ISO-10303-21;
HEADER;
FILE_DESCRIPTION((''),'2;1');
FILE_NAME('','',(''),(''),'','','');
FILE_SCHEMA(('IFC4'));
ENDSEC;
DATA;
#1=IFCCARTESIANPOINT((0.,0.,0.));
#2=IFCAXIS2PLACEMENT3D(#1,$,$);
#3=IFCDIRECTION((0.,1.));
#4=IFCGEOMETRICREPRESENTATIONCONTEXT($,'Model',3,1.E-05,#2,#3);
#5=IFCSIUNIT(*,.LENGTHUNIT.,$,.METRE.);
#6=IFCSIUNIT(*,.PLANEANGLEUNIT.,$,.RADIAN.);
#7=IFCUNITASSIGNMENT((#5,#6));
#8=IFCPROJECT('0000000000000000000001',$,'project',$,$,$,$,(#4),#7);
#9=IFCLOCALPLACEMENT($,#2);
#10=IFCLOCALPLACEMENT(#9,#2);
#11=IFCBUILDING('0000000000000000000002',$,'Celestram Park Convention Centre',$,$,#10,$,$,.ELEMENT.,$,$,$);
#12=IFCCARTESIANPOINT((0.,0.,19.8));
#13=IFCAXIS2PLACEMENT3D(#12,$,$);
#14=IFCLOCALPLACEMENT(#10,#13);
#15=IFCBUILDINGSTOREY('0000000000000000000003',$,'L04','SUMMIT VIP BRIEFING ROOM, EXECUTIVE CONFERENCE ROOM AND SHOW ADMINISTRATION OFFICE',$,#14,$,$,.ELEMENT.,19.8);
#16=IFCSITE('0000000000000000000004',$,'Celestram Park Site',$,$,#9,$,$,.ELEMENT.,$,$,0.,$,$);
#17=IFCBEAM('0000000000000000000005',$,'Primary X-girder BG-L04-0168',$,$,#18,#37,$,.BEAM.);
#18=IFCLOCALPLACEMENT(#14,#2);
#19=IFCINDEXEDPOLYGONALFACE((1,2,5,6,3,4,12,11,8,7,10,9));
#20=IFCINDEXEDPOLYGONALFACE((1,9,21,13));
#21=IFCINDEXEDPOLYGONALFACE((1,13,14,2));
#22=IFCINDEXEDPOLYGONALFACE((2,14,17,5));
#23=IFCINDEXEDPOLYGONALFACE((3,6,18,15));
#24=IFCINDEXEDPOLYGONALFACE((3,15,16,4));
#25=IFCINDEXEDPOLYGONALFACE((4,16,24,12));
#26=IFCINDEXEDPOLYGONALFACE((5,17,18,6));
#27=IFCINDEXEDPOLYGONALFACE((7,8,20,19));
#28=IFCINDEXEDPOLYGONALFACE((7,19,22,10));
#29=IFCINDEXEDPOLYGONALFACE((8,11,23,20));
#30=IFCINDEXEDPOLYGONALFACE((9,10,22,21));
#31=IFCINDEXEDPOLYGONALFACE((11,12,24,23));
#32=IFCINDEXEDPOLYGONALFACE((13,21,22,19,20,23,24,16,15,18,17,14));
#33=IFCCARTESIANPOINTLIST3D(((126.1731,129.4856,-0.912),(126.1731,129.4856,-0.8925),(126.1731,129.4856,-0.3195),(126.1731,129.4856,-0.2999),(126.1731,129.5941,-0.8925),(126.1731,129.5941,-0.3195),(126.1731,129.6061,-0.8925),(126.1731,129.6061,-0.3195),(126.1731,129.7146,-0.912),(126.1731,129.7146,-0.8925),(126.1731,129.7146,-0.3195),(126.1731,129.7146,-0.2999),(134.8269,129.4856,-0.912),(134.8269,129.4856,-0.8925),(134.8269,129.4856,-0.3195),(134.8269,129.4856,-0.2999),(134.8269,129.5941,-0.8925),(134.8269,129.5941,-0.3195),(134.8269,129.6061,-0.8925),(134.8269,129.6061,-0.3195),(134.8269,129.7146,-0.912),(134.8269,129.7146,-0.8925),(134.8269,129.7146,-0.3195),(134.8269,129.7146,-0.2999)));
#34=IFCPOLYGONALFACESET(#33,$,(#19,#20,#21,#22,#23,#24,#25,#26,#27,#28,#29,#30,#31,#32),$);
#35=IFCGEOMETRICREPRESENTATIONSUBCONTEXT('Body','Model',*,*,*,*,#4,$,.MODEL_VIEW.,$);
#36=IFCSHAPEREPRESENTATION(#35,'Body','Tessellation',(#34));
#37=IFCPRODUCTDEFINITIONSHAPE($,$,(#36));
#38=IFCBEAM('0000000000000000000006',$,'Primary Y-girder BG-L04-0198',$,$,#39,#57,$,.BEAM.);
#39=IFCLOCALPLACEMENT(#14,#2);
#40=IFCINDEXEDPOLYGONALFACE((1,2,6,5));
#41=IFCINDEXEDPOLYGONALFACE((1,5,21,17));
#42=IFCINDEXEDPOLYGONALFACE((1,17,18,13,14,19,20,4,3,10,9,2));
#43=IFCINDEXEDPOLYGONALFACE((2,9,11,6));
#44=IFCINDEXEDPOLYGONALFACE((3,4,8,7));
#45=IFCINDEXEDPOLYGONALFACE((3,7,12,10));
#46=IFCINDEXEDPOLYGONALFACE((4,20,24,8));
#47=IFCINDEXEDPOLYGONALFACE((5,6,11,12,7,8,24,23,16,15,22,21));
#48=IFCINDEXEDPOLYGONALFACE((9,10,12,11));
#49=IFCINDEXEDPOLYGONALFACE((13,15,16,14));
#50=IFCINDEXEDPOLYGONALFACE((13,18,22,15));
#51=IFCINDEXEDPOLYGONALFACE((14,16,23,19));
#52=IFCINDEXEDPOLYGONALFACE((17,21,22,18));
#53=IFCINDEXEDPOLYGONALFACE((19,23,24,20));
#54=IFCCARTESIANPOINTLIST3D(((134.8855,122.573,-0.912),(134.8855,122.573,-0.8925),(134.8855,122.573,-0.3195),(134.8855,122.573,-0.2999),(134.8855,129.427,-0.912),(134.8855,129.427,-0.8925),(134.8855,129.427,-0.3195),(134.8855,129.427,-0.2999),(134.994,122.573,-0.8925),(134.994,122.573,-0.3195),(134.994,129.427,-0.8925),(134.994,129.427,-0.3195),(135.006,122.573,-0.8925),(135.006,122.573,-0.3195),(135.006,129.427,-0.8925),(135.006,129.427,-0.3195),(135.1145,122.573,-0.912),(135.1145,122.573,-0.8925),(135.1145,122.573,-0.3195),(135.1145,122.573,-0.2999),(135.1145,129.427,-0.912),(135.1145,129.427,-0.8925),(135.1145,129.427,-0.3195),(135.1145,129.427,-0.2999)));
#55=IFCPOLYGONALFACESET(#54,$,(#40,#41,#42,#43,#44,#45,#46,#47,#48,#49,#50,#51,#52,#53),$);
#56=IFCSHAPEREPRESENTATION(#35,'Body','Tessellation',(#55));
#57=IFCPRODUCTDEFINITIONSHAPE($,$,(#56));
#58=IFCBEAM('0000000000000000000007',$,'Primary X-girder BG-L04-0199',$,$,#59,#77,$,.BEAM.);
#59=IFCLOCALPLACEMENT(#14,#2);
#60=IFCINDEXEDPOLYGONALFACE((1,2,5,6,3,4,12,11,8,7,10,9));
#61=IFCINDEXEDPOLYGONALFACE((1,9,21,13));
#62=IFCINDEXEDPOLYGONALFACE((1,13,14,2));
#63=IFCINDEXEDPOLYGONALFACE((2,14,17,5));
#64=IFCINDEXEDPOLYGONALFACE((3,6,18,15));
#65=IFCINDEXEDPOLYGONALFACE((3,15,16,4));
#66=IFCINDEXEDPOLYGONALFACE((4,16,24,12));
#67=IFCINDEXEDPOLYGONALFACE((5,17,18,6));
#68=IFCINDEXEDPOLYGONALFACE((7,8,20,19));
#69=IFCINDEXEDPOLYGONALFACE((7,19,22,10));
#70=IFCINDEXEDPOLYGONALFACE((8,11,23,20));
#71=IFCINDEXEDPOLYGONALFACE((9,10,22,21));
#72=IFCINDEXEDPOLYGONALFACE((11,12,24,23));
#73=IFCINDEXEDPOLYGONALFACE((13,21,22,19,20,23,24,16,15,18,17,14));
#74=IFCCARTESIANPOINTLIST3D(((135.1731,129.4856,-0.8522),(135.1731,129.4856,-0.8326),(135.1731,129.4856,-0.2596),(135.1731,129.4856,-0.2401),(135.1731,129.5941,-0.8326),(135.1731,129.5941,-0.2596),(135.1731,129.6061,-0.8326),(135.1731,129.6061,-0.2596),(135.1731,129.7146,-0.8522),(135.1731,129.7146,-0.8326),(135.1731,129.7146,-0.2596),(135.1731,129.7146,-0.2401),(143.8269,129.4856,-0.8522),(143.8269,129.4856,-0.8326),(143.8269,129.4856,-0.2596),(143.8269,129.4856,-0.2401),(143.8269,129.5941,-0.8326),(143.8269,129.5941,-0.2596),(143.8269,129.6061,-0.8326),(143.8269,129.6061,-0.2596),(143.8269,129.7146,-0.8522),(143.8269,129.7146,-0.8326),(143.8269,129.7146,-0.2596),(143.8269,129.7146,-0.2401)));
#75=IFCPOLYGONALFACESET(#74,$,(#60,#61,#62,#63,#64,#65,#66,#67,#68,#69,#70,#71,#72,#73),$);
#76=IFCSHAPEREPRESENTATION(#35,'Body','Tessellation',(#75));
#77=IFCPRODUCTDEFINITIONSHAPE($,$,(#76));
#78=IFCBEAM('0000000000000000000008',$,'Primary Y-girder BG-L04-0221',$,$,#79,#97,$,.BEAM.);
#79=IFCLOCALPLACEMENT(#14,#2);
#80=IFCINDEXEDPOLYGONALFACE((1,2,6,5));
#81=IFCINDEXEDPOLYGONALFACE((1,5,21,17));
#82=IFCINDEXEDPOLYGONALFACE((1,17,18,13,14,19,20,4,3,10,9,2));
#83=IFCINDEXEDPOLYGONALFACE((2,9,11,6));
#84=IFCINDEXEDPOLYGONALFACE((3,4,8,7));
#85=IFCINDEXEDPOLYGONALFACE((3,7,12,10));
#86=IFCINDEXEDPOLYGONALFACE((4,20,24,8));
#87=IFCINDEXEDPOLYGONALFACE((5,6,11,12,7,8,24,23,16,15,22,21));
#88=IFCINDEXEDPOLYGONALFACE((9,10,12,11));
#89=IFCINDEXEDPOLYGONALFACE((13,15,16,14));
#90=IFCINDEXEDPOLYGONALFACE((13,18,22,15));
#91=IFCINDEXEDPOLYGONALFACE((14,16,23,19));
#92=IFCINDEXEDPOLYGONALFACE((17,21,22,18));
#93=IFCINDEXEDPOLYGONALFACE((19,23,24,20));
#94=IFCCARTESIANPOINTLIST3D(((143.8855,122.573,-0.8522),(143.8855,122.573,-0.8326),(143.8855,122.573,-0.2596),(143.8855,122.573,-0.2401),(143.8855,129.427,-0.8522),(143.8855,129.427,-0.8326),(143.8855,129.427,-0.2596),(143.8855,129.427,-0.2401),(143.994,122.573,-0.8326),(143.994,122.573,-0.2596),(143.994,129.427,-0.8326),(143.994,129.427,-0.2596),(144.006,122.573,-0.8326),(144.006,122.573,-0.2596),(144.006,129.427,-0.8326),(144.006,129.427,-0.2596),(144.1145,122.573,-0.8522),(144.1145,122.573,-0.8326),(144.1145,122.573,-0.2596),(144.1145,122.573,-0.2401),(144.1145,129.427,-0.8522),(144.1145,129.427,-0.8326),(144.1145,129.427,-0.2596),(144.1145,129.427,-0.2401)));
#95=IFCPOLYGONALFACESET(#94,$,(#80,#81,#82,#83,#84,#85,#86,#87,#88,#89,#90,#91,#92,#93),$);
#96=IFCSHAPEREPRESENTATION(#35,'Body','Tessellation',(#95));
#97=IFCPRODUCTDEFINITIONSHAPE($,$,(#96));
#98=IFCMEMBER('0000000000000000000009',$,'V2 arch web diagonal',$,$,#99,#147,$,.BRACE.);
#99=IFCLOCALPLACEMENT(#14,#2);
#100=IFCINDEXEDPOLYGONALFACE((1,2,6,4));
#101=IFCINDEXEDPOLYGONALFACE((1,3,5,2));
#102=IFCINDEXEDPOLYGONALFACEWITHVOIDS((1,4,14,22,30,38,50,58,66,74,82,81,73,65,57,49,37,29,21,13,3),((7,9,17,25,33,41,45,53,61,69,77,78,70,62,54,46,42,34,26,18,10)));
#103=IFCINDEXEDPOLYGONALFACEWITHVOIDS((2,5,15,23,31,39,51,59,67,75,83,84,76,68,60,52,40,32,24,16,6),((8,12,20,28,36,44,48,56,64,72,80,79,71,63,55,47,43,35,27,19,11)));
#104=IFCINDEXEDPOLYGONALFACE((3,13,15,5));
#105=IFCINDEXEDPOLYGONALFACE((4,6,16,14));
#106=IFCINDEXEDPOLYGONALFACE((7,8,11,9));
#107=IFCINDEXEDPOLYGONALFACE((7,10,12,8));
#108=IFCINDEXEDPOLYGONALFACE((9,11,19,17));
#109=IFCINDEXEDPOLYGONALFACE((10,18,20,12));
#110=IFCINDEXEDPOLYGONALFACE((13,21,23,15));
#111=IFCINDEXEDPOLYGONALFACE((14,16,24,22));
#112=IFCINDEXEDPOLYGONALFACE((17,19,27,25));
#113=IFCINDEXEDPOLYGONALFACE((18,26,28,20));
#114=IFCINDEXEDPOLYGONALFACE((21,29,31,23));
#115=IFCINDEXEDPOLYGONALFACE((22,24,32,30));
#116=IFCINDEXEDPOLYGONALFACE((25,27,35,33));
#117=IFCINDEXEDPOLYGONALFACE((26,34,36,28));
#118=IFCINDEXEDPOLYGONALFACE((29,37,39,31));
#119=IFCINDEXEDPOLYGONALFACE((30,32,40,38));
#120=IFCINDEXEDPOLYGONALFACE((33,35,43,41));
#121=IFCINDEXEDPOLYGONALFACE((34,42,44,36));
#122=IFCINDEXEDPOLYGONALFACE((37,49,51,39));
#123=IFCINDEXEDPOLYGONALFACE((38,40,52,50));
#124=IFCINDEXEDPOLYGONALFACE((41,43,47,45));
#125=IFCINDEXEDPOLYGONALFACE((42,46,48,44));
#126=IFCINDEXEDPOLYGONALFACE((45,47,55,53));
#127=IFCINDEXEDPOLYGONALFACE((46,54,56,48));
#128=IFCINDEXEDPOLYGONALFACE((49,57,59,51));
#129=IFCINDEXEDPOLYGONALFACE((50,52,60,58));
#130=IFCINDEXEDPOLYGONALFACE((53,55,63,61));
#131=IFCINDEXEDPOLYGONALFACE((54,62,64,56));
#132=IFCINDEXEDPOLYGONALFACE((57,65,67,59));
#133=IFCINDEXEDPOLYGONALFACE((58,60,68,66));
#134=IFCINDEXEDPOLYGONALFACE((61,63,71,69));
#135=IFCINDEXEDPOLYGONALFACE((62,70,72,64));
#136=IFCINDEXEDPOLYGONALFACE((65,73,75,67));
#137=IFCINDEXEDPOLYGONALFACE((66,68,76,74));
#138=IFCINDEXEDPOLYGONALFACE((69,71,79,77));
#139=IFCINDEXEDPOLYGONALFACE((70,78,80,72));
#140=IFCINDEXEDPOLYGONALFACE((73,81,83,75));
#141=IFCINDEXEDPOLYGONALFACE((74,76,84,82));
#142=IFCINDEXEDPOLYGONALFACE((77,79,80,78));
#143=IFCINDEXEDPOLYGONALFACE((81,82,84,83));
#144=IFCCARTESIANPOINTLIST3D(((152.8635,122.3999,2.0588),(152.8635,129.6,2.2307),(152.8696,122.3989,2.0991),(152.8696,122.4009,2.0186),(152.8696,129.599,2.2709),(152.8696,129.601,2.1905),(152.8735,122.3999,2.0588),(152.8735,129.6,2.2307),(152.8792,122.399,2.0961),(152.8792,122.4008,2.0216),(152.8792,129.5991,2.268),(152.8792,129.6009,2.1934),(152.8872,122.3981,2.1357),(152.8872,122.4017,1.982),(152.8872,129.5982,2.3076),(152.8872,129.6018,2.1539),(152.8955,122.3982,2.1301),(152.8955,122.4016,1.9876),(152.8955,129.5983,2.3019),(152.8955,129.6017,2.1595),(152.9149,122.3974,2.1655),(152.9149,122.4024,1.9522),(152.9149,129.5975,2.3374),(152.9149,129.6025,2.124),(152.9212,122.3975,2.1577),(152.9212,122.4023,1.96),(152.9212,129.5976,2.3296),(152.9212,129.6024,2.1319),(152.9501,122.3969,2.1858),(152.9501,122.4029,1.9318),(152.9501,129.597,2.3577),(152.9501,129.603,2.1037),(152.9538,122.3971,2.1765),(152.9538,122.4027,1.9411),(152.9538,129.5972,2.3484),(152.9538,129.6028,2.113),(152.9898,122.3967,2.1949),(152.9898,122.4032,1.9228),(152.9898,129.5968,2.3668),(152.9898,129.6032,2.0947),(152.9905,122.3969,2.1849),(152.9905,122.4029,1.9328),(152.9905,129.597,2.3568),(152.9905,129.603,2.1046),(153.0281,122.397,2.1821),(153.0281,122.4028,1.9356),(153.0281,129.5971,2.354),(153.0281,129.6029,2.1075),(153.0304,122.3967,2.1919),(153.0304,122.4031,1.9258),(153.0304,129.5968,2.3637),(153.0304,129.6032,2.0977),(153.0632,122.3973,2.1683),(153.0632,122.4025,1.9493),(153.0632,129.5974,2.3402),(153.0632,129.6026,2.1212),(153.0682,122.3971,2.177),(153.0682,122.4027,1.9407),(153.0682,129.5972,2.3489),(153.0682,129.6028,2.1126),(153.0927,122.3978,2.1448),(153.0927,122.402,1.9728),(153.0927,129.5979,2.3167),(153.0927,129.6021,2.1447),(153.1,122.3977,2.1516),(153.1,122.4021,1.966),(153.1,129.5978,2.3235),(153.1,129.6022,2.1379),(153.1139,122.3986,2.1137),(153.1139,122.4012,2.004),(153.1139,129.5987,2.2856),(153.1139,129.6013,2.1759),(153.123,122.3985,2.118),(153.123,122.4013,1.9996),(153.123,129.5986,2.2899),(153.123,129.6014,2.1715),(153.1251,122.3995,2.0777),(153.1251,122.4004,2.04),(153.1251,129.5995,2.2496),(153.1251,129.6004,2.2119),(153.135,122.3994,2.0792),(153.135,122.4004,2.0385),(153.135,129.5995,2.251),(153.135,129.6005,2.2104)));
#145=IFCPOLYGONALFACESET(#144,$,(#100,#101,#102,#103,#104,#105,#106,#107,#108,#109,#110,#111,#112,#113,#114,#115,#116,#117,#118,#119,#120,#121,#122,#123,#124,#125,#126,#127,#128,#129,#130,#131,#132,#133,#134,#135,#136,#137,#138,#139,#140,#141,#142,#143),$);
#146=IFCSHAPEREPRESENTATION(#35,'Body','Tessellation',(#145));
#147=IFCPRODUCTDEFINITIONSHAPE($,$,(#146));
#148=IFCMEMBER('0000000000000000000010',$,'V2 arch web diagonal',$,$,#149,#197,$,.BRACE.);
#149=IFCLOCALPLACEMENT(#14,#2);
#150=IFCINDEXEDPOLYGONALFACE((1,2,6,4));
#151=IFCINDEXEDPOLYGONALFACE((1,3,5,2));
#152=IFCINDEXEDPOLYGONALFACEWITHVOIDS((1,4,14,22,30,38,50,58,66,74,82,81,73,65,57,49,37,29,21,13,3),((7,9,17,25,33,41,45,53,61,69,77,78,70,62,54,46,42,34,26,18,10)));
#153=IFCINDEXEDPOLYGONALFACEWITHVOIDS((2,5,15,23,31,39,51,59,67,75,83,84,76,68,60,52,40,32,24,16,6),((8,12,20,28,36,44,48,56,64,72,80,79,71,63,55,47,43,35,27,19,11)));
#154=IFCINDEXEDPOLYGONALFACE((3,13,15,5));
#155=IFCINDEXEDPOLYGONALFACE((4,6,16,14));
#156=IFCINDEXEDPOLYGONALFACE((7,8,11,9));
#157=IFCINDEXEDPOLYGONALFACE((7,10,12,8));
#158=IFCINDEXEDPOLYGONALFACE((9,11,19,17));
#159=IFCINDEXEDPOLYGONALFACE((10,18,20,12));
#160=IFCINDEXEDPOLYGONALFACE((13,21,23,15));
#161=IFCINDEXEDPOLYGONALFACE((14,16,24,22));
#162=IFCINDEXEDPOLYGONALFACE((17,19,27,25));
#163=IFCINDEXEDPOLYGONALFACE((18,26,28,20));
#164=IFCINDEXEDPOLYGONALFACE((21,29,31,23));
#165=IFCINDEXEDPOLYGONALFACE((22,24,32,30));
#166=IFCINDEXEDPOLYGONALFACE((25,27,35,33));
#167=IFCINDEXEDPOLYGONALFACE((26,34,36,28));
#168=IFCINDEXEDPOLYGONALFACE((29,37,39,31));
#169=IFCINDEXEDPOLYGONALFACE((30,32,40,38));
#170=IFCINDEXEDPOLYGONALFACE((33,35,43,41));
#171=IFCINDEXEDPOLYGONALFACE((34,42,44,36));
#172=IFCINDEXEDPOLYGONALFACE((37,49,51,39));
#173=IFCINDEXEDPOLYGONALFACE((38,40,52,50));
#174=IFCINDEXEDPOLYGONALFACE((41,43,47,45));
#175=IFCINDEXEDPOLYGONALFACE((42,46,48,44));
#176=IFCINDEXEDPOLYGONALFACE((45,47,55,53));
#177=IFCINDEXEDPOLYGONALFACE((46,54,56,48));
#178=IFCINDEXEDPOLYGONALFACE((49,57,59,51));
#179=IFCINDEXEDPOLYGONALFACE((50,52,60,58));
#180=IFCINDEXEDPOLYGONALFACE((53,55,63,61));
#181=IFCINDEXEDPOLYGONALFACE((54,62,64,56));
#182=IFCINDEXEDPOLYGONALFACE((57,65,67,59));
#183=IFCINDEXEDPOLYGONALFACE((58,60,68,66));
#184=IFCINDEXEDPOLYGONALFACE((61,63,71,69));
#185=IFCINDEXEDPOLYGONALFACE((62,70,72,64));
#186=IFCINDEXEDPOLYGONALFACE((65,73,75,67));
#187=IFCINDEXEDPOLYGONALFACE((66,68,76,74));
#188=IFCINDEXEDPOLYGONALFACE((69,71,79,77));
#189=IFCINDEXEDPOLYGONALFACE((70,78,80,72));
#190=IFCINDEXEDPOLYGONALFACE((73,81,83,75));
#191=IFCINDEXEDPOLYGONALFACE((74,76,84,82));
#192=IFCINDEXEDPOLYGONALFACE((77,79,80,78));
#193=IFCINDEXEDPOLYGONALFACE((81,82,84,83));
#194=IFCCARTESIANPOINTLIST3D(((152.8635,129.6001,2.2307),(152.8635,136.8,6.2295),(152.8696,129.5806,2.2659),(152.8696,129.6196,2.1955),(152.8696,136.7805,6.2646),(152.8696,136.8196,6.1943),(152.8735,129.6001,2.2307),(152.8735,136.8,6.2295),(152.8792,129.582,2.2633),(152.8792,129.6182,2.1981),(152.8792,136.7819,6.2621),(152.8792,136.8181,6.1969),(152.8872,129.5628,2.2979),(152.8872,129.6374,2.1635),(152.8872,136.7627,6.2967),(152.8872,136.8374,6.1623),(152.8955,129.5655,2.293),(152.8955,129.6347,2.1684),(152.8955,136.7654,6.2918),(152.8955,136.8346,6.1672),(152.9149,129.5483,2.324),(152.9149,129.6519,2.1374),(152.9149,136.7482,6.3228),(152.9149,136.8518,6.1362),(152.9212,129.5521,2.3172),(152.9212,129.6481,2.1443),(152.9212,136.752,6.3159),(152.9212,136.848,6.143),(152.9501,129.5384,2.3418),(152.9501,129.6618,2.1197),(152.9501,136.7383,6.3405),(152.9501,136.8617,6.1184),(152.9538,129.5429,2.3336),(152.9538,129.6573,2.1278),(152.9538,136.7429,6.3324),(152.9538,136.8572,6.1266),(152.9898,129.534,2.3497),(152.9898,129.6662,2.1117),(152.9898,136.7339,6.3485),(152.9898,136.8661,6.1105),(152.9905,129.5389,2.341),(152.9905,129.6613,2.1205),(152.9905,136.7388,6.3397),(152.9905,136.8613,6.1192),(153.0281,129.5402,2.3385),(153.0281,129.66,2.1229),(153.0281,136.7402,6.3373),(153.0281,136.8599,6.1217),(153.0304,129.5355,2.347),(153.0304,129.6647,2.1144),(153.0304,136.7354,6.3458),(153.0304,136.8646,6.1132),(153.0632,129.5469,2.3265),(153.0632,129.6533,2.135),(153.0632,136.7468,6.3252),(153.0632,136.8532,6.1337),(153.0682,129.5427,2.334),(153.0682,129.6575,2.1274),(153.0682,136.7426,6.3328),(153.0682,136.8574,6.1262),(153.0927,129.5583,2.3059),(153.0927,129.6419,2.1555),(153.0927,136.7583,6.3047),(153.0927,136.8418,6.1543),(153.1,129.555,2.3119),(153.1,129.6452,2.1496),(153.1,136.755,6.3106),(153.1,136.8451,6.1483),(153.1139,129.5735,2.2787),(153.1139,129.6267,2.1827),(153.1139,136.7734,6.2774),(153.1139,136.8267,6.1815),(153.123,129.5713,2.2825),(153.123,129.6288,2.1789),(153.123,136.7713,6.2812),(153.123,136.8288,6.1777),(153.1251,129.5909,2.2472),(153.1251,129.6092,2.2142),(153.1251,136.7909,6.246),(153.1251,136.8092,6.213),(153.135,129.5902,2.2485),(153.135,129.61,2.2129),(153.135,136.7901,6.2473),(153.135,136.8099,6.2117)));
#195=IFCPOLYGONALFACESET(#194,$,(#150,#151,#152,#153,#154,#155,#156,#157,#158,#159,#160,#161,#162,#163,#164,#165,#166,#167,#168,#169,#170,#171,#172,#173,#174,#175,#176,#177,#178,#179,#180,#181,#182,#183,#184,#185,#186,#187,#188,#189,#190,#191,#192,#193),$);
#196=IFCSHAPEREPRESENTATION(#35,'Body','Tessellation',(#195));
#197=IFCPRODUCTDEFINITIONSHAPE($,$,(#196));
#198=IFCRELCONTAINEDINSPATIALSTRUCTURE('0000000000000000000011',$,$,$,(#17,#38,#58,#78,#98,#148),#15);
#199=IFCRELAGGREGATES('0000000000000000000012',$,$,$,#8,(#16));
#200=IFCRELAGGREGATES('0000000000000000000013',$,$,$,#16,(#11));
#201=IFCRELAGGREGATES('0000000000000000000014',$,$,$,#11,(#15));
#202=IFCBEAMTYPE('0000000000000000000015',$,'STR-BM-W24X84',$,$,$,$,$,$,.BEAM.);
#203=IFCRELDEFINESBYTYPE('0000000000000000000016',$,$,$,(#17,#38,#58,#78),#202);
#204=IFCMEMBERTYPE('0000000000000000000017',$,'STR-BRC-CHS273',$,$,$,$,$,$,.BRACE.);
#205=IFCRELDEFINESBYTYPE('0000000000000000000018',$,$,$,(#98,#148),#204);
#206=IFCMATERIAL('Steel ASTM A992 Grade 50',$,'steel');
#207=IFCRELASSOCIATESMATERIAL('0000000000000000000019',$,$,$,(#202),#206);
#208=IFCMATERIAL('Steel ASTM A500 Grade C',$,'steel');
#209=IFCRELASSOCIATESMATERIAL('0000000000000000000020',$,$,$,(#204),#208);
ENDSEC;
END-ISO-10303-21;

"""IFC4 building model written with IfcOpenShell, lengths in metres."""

from ifc_helpers import new_model, si_unit, direction, frame, origin, origin_2d, place, context, subcontext, project, spatial, hollow_circle, i_section, extrude, material, material_profile, profile_set, type_object, element, save


model = new_model("IFC4")

# Units and contexts
model_context = context("Model", 3, precision=1e-05, world=origin(), true_north=direction((0.0, 1.0)))
body_context = subcontext(model_context, "Body", "Model", "MODEL_VIEW")
ifc_project = project(units=[si_unit("LENGTHUNIT", "METRE"), si_unit("PLANEANGLEUNIT", "RADIAN")], contexts=[model_context])

# Site, building, storey
site_placement = place(None, origin())
site = spatial("IfcSite", under=ifc_project, at=site_placement, Name="Celestram Park Site", CompositionType="ELEMENT", RefElevation=0.0)
building_placement = place(site_placement, origin())
building = spatial("IfcBuilding", under=site, at=building_placement, Name="Celestram Park Convention Centre", CompositionType="ELEMENT")
storey_placement = place(building_placement, frame((0.0, 0.0, 19.8)))
storey = spatial("IfcBuildingStorey", under=building, at=storey_placement, Name="L04", Description="SUMMIT VIP BRIEFING ROOM, EXECUTIVE CONFERENCE ROOM AND SHOW ADMINISTRATION OFFICE", CompositionType="ELEMENT", Elevation=19.8)

# Beams
ifc_material_1 = material(Name="Steel ASTM A992 Grade 50", Category="steel")
ifc_material_profile_1 = material_profile(ifc_material_1, i_section(OverallWidth=0.229, OverallDepth=0.6121, WebThickness=0.012, FlangeThickness=0.0195, at=origin_2d()), Name="W24X84")
ifc_profile_set_1 = profile_set([ifc_material_profile_1], Name="Steel ASTM A992 Grade 50")
beam_type_1 = type_object("IfcBeamType", Name="STR-BM-W24X84", PredefinedType="BEAM", material=ifc_profile_set_1)
beam_1_placement = place(storey_placement, frame((126.1731, 129.6001, -0.606), z_axis=(1.0, 0.0, 0.0), x_axis=(0.0, 1.0, 0.0)))
element("IfcBeam", 1, at=beam_1_placement, inside=storey, type_object=beam_type_1, Name="Primary X-girder BG-L04-0168", PredefinedType="BEAM", context=body_context, shape_type="SweptSolid", body=[
    extrude(i_section(OverallWidth=0.229, OverallDepth=0.6121, WebThickness=0.012, FlangeThickness=0.0195, at=origin_2d()), origin(), (0.0, 0.0, 1.0), 8.6538),
])
beam_2_placement = place(storey_placement, frame((135.0, 122.573, -0.606), z_axis=(0.0, 1.0, 0.0), x_axis=(-1.0, 0.0, 0.0)))
element("IfcBeam", 2, at=beam_2_placement, inside=storey, type_object=beam_type_1, Name="Primary Y-girder BG-L04-0198", PredefinedType="BEAM", context=body_context, shape_type="SweptSolid", body=[
    extrude(i_section(OverallWidth=0.229, OverallDepth=0.6121, WebThickness=0.012, FlangeThickness=0.0195, at=origin_2d()), origin(), (0.0, 0.0, 1.0), 6.854),
])
beam_3_placement = place(storey_placement, frame((135.1731, 129.6001, -0.5461), z_axis=(1.0, 0.0, 0.0), x_axis=(0.0, 1.0, 0.0)))
element("IfcBeam", 3, at=beam_3_placement, inside=storey, type_object=beam_type_1, Name="Primary X-girder BG-L04-0199", PredefinedType="BEAM", context=body_context, shape_type="SweptSolid", body=[
    extrude(i_section(OverallWidth=0.229, OverallDepth=0.6121, WebThickness=0.012, FlangeThickness=0.0195, at=origin_2d()), origin(), (0.0, 0.0, 1.0), 8.6538),
])
beam_4_placement = place(storey_placement, frame((144.0, 122.573, -0.5461), z_axis=(0.0, 1.0, 0.0), x_axis=(-1.0, 0.0, 0.0)))
element("IfcBeam", 4, at=beam_4_placement, inside=storey, type_object=beam_type_1, Name="Primary Y-girder BG-L04-0221", PredefinedType="BEAM", context=body_context, shape_type="SweptSolid", body=[
    extrude(i_section(OverallWidth=0.229, OverallDepth=0.6121, WebThickness=0.012, FlangeThickness=0.0195, at=origin_2d()), origin(), (0.0, 0.0, 1.0), 6.854),
])

# Members
ifc_material_2 = material(Name="Steel ASTM A500 Grade C", Category="steel")
ifc_material_profile_2 = material_profile(ifc_material_2, hollow_circle(Radius=0.1365, WallThickness=0.01, at=origin_2d()), Name="CHS273X10")
ifc_profile_set_2 = profile_set([ifc_material_profile_2], Name="Steel ASTM A500 Grade C")
member_type_1 = type_object("IfcMemberType", Name="STR-BRC-CHS273", PredefinedType="BRACE", material=ifc_profile_set_2)
member_1_placement = place(storey_placement, frame((153.0, 122.3999, 2.0588), z_axis=(0.0, 0.999715, 0.023864), x_axis=(-1.0, 0.0, 0.0)))
element("IfcMember", 5, at=member_1_placement, inside=storey, type_object=member_type_1, Name="V2 arch web diagonal", PredefinedType="BRACE", context=body_context, shape_type="SweptSolid", body=[
    extrude(hollow_circle(Radius=0.1365, WallThickness=0.01, at=origin_2d()), origin(), (0.0, 0.0, 1.0), 7.2021),
])
member_2_placement = place(storey_placement, frame((153.0, 129.6001, 2.2307), z_axis=(0.0, 0.874219, 0.485532), x_axis=(-1.0, 0.0, 0.0)))
element("IfcMember", 6, at=member_2_placement, inside=storey, type_object=member_type_1, Name="V2 arch web diagonal", PredefinedType="BRACE", context=body_context, shape_type="SweptSolid", body=[
    extrude(hollow_circle(Radius=0.1365, WallThickness=0.01, at=origin_2d()), origin(), (0.0, 0.0, 1.0), 8.2358),
])

save(model, "model.ifc")
